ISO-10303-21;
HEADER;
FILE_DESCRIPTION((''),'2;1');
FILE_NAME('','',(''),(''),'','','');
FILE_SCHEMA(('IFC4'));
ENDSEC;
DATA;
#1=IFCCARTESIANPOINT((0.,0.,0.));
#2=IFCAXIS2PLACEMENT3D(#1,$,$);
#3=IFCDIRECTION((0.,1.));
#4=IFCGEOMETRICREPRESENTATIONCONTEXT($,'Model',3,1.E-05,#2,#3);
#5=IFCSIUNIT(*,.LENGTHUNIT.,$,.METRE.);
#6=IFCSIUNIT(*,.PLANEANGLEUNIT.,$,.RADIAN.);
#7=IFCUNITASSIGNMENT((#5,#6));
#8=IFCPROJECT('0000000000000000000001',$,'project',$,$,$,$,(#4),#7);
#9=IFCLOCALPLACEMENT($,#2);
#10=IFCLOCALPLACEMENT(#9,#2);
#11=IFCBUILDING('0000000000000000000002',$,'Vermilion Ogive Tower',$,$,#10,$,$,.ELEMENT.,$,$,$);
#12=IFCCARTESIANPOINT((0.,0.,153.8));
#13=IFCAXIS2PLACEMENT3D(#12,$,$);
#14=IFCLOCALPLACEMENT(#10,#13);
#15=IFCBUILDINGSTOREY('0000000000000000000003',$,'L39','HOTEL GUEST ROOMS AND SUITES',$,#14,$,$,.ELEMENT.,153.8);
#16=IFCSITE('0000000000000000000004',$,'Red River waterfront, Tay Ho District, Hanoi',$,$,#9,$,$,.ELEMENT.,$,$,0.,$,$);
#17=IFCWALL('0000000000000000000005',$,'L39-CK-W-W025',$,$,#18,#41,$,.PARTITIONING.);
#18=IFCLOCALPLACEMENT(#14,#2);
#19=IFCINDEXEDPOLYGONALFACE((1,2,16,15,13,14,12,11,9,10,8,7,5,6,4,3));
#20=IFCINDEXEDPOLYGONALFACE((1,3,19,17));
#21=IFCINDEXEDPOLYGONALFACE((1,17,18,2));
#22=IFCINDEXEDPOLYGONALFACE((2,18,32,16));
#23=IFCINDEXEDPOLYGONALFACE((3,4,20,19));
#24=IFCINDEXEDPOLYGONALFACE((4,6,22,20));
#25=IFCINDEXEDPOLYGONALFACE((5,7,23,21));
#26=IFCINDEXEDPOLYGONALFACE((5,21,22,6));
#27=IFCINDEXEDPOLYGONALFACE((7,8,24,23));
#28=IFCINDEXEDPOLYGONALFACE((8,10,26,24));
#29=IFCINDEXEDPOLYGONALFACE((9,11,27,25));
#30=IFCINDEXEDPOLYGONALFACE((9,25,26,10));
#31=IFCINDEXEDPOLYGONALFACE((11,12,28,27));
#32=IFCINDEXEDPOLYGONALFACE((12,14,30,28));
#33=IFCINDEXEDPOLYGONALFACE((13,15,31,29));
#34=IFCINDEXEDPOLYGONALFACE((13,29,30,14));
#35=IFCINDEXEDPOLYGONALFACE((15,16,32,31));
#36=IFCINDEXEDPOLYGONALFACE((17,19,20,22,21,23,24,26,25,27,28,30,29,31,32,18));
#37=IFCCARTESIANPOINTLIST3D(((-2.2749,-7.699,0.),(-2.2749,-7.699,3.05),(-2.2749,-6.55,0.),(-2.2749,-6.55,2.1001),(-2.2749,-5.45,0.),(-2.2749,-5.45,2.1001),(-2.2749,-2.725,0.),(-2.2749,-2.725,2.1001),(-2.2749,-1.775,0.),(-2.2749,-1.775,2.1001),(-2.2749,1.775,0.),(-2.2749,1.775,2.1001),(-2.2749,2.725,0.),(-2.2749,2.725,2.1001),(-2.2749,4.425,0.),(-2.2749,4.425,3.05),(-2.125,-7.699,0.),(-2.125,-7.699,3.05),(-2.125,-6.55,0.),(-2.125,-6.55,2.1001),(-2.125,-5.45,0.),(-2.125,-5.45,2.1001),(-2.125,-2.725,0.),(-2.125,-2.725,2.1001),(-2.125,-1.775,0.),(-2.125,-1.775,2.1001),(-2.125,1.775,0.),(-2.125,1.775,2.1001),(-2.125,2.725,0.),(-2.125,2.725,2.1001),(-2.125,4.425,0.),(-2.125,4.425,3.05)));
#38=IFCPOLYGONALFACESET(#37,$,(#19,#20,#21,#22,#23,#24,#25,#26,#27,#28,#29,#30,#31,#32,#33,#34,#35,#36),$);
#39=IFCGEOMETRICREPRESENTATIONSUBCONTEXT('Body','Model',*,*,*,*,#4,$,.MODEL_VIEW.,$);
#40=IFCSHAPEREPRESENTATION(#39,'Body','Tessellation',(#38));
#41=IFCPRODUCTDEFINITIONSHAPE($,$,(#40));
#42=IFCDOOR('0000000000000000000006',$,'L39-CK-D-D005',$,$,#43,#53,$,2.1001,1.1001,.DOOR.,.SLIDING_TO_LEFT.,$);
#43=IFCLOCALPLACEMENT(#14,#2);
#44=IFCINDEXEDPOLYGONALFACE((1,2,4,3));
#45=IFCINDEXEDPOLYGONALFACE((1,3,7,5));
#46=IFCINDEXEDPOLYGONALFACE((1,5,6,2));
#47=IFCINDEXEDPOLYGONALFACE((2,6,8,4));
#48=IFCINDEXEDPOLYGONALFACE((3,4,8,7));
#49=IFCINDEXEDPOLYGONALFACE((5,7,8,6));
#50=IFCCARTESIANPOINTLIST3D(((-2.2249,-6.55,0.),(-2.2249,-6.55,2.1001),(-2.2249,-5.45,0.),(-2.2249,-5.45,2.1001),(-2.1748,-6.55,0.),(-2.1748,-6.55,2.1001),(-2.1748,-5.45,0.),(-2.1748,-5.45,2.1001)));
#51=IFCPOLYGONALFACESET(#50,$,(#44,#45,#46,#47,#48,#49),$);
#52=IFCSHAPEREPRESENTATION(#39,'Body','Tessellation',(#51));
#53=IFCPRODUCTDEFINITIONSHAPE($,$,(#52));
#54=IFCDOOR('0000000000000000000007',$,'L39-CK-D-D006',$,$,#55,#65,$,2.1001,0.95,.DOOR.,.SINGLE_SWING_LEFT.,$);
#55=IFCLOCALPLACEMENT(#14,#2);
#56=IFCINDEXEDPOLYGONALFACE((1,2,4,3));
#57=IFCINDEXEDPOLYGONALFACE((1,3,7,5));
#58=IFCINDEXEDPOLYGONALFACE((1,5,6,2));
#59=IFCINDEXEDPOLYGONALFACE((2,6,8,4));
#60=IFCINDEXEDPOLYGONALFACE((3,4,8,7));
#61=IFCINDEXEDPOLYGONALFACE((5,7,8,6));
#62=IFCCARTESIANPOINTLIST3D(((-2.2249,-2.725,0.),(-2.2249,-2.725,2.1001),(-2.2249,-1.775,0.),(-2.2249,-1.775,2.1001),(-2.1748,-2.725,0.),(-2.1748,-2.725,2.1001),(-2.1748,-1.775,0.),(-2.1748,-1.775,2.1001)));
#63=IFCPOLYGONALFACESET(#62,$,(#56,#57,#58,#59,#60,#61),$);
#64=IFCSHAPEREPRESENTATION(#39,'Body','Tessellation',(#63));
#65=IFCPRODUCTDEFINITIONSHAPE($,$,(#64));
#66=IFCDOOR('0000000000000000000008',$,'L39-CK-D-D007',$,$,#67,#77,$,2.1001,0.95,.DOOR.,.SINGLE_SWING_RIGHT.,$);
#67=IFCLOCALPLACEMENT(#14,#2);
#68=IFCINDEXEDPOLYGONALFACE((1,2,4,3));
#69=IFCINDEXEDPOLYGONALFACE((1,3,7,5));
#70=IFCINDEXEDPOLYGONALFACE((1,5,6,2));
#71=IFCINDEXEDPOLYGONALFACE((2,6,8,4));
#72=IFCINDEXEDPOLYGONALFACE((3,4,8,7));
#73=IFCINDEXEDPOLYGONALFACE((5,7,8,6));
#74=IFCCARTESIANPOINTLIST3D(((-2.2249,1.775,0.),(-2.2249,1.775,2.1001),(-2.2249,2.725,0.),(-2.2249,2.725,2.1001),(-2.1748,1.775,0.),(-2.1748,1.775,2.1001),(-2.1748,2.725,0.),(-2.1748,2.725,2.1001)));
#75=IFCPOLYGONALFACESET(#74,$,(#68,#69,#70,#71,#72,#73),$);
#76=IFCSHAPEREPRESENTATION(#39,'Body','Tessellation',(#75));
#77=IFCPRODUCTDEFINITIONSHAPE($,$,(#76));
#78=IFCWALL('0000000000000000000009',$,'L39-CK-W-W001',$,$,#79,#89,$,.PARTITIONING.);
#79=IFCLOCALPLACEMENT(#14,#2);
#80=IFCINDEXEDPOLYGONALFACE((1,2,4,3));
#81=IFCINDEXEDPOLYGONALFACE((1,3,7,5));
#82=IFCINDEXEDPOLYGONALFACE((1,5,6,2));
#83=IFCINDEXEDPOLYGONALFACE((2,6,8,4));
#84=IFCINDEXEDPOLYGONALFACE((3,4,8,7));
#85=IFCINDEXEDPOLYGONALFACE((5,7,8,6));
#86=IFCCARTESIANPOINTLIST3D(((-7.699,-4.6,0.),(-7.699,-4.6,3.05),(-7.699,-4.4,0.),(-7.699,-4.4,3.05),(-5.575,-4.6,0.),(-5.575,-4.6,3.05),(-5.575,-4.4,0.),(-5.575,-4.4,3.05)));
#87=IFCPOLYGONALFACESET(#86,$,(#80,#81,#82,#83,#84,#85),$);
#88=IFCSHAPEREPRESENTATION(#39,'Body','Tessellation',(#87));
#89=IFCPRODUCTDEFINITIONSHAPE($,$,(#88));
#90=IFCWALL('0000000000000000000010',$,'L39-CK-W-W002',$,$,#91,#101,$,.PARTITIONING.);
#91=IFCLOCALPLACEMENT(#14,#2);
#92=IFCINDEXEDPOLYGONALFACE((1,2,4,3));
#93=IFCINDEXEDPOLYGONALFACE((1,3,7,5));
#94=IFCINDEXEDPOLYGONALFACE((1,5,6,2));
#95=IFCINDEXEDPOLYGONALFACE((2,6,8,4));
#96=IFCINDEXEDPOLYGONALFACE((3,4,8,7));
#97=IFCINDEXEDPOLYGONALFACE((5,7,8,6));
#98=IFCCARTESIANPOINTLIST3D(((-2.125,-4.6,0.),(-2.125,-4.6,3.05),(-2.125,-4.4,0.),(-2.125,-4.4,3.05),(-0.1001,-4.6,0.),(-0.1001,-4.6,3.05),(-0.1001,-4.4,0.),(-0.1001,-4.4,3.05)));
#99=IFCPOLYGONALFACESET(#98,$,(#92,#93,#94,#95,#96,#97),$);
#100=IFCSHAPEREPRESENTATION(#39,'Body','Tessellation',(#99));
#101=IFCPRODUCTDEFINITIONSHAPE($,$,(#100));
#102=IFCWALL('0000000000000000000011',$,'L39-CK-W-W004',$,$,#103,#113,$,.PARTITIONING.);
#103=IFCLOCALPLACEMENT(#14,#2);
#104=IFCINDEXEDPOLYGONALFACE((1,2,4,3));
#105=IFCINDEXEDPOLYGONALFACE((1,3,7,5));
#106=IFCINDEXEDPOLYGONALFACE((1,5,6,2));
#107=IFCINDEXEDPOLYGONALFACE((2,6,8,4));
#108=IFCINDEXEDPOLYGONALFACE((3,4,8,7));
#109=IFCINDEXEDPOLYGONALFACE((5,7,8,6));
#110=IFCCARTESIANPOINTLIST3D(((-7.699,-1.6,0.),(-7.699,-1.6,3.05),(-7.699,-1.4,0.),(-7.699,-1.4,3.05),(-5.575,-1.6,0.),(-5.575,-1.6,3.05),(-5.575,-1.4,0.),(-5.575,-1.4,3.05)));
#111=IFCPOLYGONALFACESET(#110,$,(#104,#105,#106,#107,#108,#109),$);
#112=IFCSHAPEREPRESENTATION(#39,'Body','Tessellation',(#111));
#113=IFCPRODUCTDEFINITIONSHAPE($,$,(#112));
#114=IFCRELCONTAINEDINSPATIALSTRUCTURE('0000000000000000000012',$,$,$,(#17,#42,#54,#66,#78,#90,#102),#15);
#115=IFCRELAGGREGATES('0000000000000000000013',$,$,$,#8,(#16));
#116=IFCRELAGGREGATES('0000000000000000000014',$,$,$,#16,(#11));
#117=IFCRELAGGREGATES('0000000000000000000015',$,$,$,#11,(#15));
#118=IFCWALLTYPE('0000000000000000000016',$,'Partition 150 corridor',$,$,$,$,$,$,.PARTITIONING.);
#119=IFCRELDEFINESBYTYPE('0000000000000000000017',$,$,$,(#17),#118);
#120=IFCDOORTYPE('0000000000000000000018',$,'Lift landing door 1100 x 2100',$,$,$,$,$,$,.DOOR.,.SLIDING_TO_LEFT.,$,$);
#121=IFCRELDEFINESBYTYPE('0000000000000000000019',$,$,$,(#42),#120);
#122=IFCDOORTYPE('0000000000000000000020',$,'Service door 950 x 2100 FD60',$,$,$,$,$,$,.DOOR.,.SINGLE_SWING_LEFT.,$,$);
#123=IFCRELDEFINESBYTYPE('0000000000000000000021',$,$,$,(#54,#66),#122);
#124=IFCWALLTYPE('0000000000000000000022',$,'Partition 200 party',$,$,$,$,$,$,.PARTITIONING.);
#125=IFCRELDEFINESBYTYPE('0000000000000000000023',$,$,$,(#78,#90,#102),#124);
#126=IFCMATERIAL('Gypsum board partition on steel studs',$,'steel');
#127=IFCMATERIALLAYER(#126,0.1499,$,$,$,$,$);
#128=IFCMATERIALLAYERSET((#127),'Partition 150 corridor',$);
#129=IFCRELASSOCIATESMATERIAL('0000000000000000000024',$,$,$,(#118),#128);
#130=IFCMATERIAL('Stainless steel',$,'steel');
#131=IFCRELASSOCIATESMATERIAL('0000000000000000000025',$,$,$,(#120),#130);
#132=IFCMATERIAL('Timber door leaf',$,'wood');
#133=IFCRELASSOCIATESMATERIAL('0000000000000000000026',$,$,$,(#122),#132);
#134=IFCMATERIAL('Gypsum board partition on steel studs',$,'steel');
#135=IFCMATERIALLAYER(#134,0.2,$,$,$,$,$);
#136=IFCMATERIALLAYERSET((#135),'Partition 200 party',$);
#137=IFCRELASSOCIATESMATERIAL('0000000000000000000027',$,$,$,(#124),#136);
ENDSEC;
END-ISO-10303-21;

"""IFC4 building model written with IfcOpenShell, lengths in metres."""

from ifc_helpers import new_model, si_unit, direction, frame, frame_2d, origin, place, context, subcontext, project, spatial, rectangle, extrude, material, layer, layer_set, type_object, element, fill, save


model = new_model("IFC4")

# Units and contexts
model_context = context("Model", 3, precision=1e-05, world=origin(), true_north=direction((0.0, 1.0)))
body_context = subcontext(model_context, "Body", "Model", "MODEL_VIEW")
ifc_project = project(units=[si_unit("LENGTHUNIT", "METRE"), si_unit("PLANEANGLEUNIT", "RADIAN")], contexts=[model_context])

# Site, building, storey
site_placement = place(None, origin())
site = spatial("IfcSite", under=ifc_project, at=site_placement, Name="Red River waterfront, Tay Ho District, Hanoi", CompositionType="ELEMENT", RefElevation=0.0)
building_placement = place(site_placement, origin())
building = spatial("IfcBuilding", under=site, at=building_placement, Name="Vermilion Ogive Tower", CompositionType="ELEMENT")
storey_placement = place(building_placement, frame((0.0, 0.0, 153.8)))
storey = spatial("IfcBuildingStorey", under=building, at=storey_placement, Name="L39", Description="HOTEL GUEST ROOMS AND SUITES", CompositionType="ELEMENT", Elevation=153.8)

# Wall, openings, doors
ifc_material_1 = material(Name="Gypsum board partition on steel studs", Category="steel")
ifc_layer_1 = layer(ifc_material_1, 0.1499)
ifc_layer_set_1 = layer_set([ifc_layer_1], Name="Partition 150 corridor")
wall_type_1 = type_object("IfcWallType", Name="Partition 150 corridor", PredefinedType="PARTITIONING", material=ifc_layer_set_1)
ifc_material_2 = material(Name="Stainless steel", Category="steel")
door_type_1 = type_object("IfcDoorType", Name="Lift landing door 1100 x 2100", OperationType="SLIDING_TO_LEFT", PredefinedType="DOOR", material=ifc_material_2)
wall_1_placement = place(storey_placement, frame((-2.2, -7.699, 0.0), z_axis=(0.0, 0.0, 1.0), x_axis=(0.0, 1.0, 0.0)))
wall_1 = element("IfcWall", 1, at=wall_1_placement, inside=storey, type_object=wall_type_1, Name="L39-CK-W-W025", PredefinedType="PARTITIONING", context=body_context, shape_type="SweptSolid", body=[
    extrude(rectangle(XDim=12.124, YDim=0.1499, at=frame_2d((6.062, 0.0))), origin(), (0.0, 0.0, 1.0), 3.05),
])
opening_1_placement = place(wall_1_placement, frame((1.1489, 0.0, 0.0)))
opening_1 = element("IfcOpeningElement", 2, at=opening_1_placement, cuts=wall_1, PredefinedType="OPENING", context=body_context, shape_type="SweptSolid", body=[
    extrude(rectangle(XDim=1.1001, YDim=2.1001, at=frame_2d((0.55, 1.05))), frame((0.0, 0.085, 0.0), z_axis=(0.0, -1.0, 0.0), x_axis=(1.0, 0.0, 0.0)), (0.0, 0.0, 1.0), 0.1699),
])
opening_2_placement = place(wall_1_placement, frame((4.9739, 0.0, 0.0)))
opening_2 = element("IfcOpeningElement", 3, at=opening_2_placement, cuts=wall_1, PredefinedType="OPENING", context=body_context, shape_type="SweptSolid", body=[
    extrude(rectangle(XDim=0.95, YDim=2.1001, at=frame_2d((0.4751, 1.05))), frame((0.0, 0.085, 0.0), z_axis=(0.0, -1.0, 0.0), x_axis=(1.0, 0.0, 0.0)), (0.0, 0.0, 1.0), 0.1699),
])
opening_3_placement = place(wall_1_placement, frame((9.4739, 0.0, 0.0)))
opening_3 = element("IfcOpeningElement", 4, at=opening_3_placement, cuts=wall_1, PredefinedType="OPENING", context=body_context, shape_type="SweptSolid", body=[
    extrude(rectangle(XDim=0.95, YDim=2.1001, at=frame_2d((0.4751, 1.05))), frame((0.0, 0.085, 0.0), z_axis=(0.0, -1.0, 0.0), x_axis=(1.0, 0.0, 0.0)), (0.0, 0.0, 1.0), 0.1699),
])
door_1_placement = place(opening_1_placement, origin())
door_1 = element("IfcDoor", 5, at=door_1_placement, inside=storey, type_object=door_type_1, Name="L39-CK-D-D005", OperationType="SLIDING_TO_LEFT", OverallHeight=2.1001, OverallWidth=1.1001, PredefinedType="DOOR", context=body_context, shape_type="SweptSolid", body=[
    extrude(rectangle(XDim=1.1001, YDim=2.1001, at=frame_2d((0.55, 1.05))), frame((0.0, 0.0249, 0.0), z_axis=(0.0, -1.0, 0.0), x_axis=(1.0, 0.0, 0.0)), (0.0, 0.0, 1.0), 0.05),
])
fill(opening_1, door_1)
ifc_material_3 = material(Name="Timber door leaf", Category="wood")
door_type_2 = type_object("IfcDoorType", Name="Service door 950 x 2100 FD60", OperationType="SINGLE_SWING_LEFT", PredefinedType="DOOR", material=ifc_material_3)
door_2_placement = place(opening_2_placement, origin())
door_2 = element("IfcDoor", 6, at=door_2_placement, inside=storey, type_object=door_type_2, Name="L39-CK-D-D006", OperationType="SINGLE_SWING_LEFT", OverallHeight=2.1001, OverallWidth=0.95, PredefinedType="DOOR", context=body_context, shape_type="SweptSolid", body=[
    extrude(rectangle(XDim=0.95, YDim=2.1001, at=frame_2d((0.4751, 1.05))), frame((0.0, 0.0249, 0.0), z_axis=(0.0, -1.0, 0.0), x_axis=(1.0, 0.0, 0.0)), (0.0, 0.0, 1.0), 0.05),
])
fill(opening_2, door_2)
door_3_placement = place(opening_3_placement, origin())
door_3 = element("IfcDoor", 7, at=door_3_placement, inside=storey, type_object=door_type_2, Name="L39-CK-D-D007", OperationType="SINGLE_SWING_RIGHT", OverallHeight=2.1001, OverallWidth=0.95, PredefinedType="DOOR", context=body_context, shape_type="SweptSolid", body=[
    extrude(rectangle(XDim=0.95, YDim=2.1001, at=frame_2d((0.4751, 1.05))), frame((0.0, 0.0249, 0.0), z_axis=(0.0, -1.0, 0.0), x_axis=(1.0, 0.0, 0.0)), (0.0, 0.0, 1.0), 0.05),
])
fill(opening_3, door_3)

# Walls
ifc_material_4 = material(Name="Gypsum board partition on steel studs", Category="steel")
ifc_layer_2 = layer(ifc_material_4, 0.2)
ifc_layer_set_2 = layer_set([ifc_layer_2], Name="Partition 200 party")
wall_type_2 = type_object("IfcWallType", Name="Partition 200 party", PredefinedType="PARTITIONING", material=ifc_layer_set_2)
wall_2_placement = place(storey_placement, frame((-7.699, -4.5, 0.0), z_axis=(0.0, 0.0, 1.0), x_axis=(1.0, 0.0, 0.0)))
element("IfcWall", 8, at=wall_2_placement, inside=storey, type_object=wall_type_2, Name="L39-CK-W-W001", PredefinedType="PARTITIONING", context=body_context, shape_type="SweptSolid", body=[
    extrude(rectangle(XDim=2.124, YDim=0.2, at=frame_2d((1.062, 0.0))), origin(), (0.0, 0.0, 1.0), 3.05),
])
wall_3_placement = place(storey_placement, frame((-2.125, -4.5, 0.0), z_axis=(0.0, 0.0, 1.0), x_axis=(1.0, 0.0, 0.0)))
element("IfcWall", 9, at=wall_3_placement, inside=storey, type_object=wall_type_2, Name="L39-CK-W-W002", PredefinedType="PARTITIONING", context=body_context, shape_type="SweptSolid", body=[
    extrude(rectangle(XDim=2.0249, YDim=0.2, at=frame_2d((1.0125, 0.0))), origin(), (0.0, 0.0, 1.0), 3.05),
])
wall_4_placement = place(storey_placement, frame((-7.699, -1.5, 0.0), z_axis=(0.0, 0.0, 1.0), x_axis=(1.0, 0.0, 0.0)))
element("IfcWall", 10, at=wall_4_placement, inside=storey, type_object=wall_type_2, Name="L39-CK-W-W004", PredefinedType="PARTITIONING", context=body_context, shape_type="SweptSolid", body=[
    extrude(rectangle(XDim=2.124, YDim=0.2, at=frame_2d((1.062, 0.0))), origin(), (0.0, 0.0, 1.0), 3.05),
])

save(model, "model.ifc")
